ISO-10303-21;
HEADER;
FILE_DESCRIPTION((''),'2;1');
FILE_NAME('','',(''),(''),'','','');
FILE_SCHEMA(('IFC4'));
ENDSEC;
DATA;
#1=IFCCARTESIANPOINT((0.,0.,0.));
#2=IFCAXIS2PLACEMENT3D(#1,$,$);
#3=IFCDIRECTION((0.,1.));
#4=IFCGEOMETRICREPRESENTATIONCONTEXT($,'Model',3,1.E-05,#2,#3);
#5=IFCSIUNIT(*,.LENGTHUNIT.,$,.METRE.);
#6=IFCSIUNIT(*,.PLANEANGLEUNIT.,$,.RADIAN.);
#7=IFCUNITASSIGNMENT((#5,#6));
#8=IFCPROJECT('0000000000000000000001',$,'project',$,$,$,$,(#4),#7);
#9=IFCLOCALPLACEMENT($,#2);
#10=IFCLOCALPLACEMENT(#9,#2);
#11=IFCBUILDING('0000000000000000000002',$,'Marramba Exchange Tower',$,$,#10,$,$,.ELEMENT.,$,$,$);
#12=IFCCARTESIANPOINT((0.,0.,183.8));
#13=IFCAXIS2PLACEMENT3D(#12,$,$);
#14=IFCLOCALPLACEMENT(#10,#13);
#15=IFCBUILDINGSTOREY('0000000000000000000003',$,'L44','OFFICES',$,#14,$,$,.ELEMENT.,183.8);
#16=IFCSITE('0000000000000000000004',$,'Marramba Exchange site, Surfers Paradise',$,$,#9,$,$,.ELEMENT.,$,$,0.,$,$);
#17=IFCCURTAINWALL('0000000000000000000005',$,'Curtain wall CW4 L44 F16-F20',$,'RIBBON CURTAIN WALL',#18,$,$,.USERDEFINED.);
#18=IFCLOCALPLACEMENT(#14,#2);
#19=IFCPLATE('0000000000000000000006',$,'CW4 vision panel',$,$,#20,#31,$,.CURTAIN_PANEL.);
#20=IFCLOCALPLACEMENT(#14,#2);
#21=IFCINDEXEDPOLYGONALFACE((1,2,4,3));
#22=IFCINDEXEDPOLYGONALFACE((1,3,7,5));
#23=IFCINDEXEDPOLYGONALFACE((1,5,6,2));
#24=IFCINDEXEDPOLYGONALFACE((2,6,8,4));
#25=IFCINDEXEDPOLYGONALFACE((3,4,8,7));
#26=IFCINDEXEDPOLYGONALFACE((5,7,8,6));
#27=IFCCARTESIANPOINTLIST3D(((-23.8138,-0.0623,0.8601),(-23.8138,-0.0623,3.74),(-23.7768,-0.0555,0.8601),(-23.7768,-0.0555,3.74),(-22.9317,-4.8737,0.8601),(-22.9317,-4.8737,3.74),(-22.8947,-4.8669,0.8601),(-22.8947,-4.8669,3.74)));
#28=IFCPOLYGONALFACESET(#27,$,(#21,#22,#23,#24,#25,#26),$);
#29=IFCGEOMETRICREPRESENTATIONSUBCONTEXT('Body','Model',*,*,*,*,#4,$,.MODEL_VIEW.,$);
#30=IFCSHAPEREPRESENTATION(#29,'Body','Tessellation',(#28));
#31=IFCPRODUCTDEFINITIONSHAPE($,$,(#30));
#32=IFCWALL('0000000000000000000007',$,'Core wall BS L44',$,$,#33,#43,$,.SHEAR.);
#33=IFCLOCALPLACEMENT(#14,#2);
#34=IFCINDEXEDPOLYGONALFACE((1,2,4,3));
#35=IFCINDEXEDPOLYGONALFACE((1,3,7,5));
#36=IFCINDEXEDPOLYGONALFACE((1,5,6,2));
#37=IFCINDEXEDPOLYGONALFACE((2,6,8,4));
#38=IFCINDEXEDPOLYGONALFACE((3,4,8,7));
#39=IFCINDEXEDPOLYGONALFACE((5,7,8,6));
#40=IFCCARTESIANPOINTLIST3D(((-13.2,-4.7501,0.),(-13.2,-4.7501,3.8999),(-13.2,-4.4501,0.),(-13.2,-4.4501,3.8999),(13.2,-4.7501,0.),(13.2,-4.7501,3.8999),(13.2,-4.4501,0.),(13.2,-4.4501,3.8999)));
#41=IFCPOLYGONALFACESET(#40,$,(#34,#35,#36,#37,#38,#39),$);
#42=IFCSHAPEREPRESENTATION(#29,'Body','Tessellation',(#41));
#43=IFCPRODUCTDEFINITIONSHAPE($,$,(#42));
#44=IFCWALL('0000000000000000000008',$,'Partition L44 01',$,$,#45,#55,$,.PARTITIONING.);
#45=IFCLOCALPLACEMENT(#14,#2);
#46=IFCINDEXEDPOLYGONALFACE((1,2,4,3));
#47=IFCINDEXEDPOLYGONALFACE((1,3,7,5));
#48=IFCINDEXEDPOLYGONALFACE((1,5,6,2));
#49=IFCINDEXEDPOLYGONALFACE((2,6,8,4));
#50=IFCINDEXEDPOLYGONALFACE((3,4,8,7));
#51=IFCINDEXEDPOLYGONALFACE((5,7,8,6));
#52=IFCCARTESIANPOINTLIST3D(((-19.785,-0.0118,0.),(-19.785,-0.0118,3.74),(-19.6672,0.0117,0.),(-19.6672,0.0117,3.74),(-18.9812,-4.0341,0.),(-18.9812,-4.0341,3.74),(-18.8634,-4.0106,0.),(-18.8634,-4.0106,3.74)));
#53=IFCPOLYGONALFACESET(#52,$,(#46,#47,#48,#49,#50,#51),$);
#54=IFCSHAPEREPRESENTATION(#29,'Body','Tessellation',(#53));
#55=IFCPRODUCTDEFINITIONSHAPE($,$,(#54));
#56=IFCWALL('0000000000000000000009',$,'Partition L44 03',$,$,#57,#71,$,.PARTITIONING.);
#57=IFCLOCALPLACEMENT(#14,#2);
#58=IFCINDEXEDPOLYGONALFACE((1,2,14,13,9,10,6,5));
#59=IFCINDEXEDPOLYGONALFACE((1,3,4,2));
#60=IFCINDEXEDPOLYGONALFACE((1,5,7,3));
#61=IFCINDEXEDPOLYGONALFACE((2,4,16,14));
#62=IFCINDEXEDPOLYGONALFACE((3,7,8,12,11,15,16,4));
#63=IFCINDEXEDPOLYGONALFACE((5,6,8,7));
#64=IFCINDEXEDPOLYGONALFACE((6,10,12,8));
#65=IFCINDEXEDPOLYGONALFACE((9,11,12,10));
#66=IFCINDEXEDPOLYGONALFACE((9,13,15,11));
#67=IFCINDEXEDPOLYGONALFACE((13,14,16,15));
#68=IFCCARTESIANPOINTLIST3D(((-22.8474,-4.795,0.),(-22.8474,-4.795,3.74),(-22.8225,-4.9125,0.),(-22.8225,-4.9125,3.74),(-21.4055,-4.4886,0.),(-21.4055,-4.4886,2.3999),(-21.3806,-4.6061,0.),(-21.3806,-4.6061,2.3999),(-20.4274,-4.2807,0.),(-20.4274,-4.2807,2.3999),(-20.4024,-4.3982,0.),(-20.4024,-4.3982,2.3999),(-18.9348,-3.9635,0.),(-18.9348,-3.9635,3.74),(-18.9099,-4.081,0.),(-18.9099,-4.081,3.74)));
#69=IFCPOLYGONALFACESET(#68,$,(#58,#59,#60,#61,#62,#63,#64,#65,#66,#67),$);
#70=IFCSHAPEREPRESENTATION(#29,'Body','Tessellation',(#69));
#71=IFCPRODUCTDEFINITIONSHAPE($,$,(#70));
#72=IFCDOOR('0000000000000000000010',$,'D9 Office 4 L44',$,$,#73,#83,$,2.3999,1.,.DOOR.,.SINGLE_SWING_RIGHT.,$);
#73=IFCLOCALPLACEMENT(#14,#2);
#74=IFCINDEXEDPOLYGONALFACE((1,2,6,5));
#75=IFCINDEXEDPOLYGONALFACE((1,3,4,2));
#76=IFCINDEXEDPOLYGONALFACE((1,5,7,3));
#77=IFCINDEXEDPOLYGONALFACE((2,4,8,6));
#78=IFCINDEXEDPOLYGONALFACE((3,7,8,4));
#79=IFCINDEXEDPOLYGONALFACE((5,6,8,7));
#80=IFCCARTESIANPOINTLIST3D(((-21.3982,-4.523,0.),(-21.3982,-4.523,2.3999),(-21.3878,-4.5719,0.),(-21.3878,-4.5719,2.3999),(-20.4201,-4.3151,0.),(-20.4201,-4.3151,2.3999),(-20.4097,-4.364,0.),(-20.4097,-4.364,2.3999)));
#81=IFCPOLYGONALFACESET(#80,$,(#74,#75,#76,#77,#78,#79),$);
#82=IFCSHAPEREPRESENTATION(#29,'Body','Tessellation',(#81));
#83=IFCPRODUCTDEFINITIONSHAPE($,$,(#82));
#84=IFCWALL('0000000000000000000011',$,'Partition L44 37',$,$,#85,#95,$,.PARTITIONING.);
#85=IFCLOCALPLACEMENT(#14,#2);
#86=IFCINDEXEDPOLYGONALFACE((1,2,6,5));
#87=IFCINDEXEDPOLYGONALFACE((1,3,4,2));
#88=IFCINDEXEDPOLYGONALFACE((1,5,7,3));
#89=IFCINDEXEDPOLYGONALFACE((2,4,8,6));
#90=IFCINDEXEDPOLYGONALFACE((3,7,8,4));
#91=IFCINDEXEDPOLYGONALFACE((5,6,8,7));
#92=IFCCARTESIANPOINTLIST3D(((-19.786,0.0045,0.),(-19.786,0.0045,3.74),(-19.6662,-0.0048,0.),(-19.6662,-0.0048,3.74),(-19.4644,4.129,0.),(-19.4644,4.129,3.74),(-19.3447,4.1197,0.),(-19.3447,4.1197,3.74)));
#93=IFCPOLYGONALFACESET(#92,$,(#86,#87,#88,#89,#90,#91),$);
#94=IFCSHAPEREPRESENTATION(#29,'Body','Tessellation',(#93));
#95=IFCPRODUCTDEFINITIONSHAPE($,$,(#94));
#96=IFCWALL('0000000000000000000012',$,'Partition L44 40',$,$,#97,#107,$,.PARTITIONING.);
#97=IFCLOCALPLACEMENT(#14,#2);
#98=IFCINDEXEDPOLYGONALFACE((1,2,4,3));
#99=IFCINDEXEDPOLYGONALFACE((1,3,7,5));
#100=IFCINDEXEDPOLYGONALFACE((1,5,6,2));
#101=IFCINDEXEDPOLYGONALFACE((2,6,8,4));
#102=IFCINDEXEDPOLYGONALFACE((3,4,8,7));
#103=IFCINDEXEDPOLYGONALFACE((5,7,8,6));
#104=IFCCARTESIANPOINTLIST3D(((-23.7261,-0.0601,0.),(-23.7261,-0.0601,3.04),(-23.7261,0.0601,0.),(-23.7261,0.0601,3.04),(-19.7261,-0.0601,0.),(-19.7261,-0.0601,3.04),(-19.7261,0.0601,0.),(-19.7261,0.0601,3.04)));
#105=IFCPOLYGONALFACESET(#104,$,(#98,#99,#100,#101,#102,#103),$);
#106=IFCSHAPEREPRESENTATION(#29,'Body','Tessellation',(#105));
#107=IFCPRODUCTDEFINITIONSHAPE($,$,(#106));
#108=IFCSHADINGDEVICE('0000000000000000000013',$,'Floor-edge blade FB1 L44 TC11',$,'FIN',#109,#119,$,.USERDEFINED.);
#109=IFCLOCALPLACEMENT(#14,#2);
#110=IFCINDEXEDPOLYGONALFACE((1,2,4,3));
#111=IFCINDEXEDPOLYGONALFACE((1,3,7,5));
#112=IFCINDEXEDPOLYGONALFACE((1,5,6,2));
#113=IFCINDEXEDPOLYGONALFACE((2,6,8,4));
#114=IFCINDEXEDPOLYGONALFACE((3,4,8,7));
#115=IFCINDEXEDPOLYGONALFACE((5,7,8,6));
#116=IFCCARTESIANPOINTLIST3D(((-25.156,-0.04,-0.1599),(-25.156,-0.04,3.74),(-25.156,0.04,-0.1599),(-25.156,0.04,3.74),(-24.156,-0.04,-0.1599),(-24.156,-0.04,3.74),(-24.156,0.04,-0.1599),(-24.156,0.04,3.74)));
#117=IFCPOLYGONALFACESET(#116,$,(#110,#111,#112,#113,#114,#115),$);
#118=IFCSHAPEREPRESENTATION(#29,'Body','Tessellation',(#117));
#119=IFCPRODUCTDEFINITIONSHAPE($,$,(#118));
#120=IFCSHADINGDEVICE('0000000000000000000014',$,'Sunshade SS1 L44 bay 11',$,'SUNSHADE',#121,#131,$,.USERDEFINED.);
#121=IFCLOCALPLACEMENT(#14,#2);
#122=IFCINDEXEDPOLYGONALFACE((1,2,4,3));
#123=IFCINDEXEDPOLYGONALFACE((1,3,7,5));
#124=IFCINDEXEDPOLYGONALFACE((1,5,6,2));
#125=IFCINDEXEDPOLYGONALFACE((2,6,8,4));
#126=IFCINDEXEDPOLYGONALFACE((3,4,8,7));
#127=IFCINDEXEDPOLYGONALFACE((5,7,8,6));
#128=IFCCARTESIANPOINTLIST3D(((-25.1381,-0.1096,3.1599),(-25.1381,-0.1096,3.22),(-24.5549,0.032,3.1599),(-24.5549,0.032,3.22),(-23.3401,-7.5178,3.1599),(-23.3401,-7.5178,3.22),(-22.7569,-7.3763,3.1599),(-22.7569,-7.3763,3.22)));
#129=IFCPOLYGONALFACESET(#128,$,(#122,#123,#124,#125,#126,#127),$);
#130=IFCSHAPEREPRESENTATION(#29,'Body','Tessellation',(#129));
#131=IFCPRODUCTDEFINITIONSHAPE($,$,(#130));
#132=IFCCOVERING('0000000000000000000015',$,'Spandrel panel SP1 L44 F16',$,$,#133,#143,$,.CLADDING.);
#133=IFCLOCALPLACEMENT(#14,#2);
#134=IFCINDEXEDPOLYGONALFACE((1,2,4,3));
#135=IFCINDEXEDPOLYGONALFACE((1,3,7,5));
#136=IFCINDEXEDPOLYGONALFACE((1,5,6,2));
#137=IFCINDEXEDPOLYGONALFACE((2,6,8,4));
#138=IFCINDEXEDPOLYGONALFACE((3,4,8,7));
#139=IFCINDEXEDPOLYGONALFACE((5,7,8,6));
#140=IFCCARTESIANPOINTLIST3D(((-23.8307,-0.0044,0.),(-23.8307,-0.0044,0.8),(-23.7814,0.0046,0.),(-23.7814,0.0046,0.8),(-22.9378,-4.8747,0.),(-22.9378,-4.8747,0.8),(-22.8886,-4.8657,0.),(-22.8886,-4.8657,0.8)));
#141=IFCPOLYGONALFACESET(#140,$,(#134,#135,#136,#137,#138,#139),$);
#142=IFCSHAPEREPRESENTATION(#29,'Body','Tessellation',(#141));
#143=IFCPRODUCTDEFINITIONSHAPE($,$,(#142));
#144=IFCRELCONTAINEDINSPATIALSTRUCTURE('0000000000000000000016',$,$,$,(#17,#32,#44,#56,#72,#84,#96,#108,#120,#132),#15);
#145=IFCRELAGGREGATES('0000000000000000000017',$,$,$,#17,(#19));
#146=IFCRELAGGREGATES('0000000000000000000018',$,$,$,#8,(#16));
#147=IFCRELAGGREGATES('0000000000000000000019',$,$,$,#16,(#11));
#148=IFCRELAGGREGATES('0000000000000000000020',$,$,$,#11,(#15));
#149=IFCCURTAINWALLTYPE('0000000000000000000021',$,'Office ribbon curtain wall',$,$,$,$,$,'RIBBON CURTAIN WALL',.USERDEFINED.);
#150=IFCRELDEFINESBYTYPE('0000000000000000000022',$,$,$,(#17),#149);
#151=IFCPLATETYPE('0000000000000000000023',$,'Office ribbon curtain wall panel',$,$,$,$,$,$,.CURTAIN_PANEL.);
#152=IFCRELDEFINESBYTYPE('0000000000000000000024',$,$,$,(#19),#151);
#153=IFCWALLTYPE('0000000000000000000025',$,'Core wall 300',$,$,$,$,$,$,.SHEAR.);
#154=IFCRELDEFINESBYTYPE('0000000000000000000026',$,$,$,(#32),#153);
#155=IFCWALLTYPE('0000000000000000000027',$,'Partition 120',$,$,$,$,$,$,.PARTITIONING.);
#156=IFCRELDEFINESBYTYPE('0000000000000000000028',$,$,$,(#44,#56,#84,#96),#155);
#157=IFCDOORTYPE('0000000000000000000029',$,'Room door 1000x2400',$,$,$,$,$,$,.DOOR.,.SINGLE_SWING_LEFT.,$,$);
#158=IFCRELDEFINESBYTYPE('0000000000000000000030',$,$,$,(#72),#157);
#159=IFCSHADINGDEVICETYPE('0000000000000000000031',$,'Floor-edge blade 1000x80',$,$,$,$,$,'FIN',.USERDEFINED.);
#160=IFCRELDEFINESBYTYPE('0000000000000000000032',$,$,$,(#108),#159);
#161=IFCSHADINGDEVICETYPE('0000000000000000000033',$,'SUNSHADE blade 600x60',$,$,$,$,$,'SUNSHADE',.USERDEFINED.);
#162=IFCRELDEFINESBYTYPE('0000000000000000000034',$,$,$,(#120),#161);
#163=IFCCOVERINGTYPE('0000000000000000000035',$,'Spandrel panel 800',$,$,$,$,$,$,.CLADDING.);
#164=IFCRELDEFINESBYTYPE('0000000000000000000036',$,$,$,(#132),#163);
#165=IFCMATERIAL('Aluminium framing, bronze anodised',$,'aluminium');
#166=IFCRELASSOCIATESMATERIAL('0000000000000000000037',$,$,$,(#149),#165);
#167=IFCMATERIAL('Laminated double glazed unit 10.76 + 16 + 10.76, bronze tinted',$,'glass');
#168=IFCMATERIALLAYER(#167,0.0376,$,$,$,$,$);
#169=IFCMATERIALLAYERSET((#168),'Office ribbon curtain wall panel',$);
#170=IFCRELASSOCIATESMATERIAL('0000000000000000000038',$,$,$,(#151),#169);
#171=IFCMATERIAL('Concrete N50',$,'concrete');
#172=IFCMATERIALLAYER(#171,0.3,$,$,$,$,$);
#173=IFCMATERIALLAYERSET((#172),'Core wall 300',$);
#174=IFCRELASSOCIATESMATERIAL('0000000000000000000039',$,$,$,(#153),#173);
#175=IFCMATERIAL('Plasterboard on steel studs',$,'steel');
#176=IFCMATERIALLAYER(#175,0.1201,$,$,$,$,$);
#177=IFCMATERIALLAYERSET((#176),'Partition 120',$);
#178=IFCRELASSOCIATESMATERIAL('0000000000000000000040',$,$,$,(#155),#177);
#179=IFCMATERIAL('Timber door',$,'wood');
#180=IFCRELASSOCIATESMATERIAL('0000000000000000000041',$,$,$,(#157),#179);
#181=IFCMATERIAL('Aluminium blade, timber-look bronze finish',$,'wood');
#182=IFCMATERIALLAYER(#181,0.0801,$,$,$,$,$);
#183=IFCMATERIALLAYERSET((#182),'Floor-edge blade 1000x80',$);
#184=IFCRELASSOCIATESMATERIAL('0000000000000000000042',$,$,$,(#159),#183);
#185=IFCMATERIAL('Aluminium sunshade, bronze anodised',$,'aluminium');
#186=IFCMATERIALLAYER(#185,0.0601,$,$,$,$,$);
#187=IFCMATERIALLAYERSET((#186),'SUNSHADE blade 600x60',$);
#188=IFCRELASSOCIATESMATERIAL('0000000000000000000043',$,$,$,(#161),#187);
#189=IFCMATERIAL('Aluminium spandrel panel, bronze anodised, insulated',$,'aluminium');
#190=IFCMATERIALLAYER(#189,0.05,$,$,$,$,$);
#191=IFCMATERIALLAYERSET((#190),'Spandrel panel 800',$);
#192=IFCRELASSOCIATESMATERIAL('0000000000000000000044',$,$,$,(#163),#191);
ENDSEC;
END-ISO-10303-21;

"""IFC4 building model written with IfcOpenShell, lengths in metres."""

from ifc_helpers import new_model, si_unit, direction, frame, frame_2d, origin, origin_2d, place, context, subcontext, project, spatial, rectangle, extrude, material, layer, layer_set, type_object, element, fill, aggregate, save


model = new_model("IFC4")

# Units and contexts
model_context = context("Model", 3, precision=1e-05, world=origin(), true_north=direction((0.0, 1.0)))
body_context = subcontext(model_context, "Body", "Model", "MODEL_VIEW")
ifc_project = project(units=[si_unit("LENGTHUNIT", "METRE"), si_unit("PLANEANGLEUNIT", "RADIAN")], contexts=[model_context])

# Site, building, storey
site_placement = place(None, origin())
site = spatial("IfcSite", under=ifc_project, at=site_placement, Name="Marramba Exchange site, Surfers Paradise", CompositionType="ELEMENT", RefElevation=0.0)
building_placement = place(site_placement, origin())
building = spatial("IfcBuilding", under=site, at=building_placement, Name="Marramba Exchange Tower", CompositionType="ELEMENT")
storey_placement = place(building_placement, frame((0.0, 0.0, 183.8)))
storey = spatial("IfcBuildingStorey", under=building, at=storey_placement, Name="L44", Description="OFFICES", CompositionType="ELEMENT", Elevation=183.8)

# Shared definitions
ifc_material_1 = material(Name="Concrete N50", Category="concrete")

# Curtain wall
ifc_material_2 = material(Name="Aluminium framing, bronze anodised", Category="aluminium")
curtain_wall_type = type_object("IfcCurtainWallType", Name="Office ribbon curtain wall", ElementType="RIBBON CURTAIN WALL", PredefinedType="USERDEFINED", material=ifc_material_2)
curtain_wall_placement = place(storey_placement, origin())
curtain_wall = element("IfcCurtainWall", 1, at=curtain_wall_placement, inside=storey, type_object=curtain_wall_type, Name="Curtain wall CW4 L44 F16-F20", ObjectType="RIBBON CURTAIN WALL", PredefinedType="USERDEFINED")

# Plate
ifc_material_3 = material(Name="Laminated double glazed unit 10.76 + 16 + 10.76, bronze tinted", Category="glass")
ifc_layer_1 = layer(ifc_material_3, 0.0376)
ifc_layer_set_1 = layer_set([ifc_layer_1], Name="Office ribbon curtain wall panel")
plate_type = type_object("IfcPlateType", Name="Office ribbon curtain wall panel", PredefinedType="CURTAIN_PANEL", material=ifc_layer_set_1)
plate_placement = place(storey_placement, frame((-23.3542, -2.4646, 0.8601), z_axis=(0.0, 0.0, 1.0), x_axis=(0.180327, -0.983607, 0.0)))
plate = element("IfcPlate", 2, at=plate_placement, type_object=plate_type, Name="CW4 vision panel", PredefinedType="CURTAIN_PANEL", context=body_context, shape_type="SweptSolid", body=[
    extrude(rectangle(XDim=4.8916, YDim=0.0376, at=origin_2d()), origin(), (0.0, 0.0, 1.0), 2.8799),
])
aggregate(curtain_wall, [plate])

# Walls
ifc_layer_2 = layer(ifc_material_1, 0.3)
ifc_layer_set_2 = layer_set([ifc_layer_2], Name="Core wall 300")
wall_type_1 = type_object("IfcWallType", Name="Core wall 300", PredefinedType="SHEAR", material=ifc_layer_set_2)
wall_1_placement = place(storey_placement, frame((-13.2, -4.6001, 0.0), z_axis=(0.0, 0.0, 1.0), x_axis=(1.0, 0.0, 0.0)))
element("IfcWall", 3, at=wall_1_placement, inside=storey, type_object=wall_type_1, Name="Core wall BS L44", PredefinedType="SHEAR", context=body_context, shape_type="SweptSolid", body=[
    extrude(rectangle(XDim=26.3999, YDim=0.3, at=frame_2d((13.2, 0.0))), origin(), (0.0, 0.0, 1.0), 3.8999),
])
ifc_material_4 = material(Name="Plasterboard on steel studs", Category="steel")
ifc_layer_3 = layer(ifc_material_4, 0.1201)
ifc_layer_set_3 = layer_set([ifc_layer_3], Name="Partition 120")
wall_type_2 = type_object("IfcWallType", Name="Partition 120", PredefinedType="PARTITIONING", material=ifc_layer_set_3)
wall_2_placement = place(storey_placement, frame((-18.9224, -4.0222, 0.0), z_axis=(0.0, 0.0, 1.0), x_axis=(-0.195944, 0.980615, 0.0)))
element("IfcWall", 4, at=wall_2_placement, inside=storey, type_object=wall_type_2, Name="Partition L44 01", PredefinedType="PARTITIONING", context=body_context, shape_type="SweptSolid", body=[
    extrude(rectangle(XDim=4.1018, YDim=0.1201, at=frame_2d((2.0508, 0.0))), origin(), (0.0, 0.0, 1.0), 3.74),
])

# Wall, opening, door
ifc_material_5 = material(Name="Timber door", Category="wood")
door_type = type_object("IfcDoorType", Name="Room door 1000x2400", OperationType="SINGLE_SWING_LEFT", PredefinedType="DOOR", material=ifc_material_5)
wall_3_placement = place(storey_placement, frame((-22.835, -4.8538, 0.0), z_axis=(0.0, 0.0, 1.0), x_axis=(0.978153, 0.207886, 0.0)))
wall_3 = element("IfcWall", 5, at=wall_3_placement, inside=storey, type_object=wall_type_2, Name="Partition L44 03", PredefinedType="PARTITIONING", context=body_context, shape_type="SweptSolid", body=[
    extrude(rectangle(XDim=4.0, YDim=0.1201, at=frame_2d((2.0, 0.0))), origin(), (0.0, 0.0, 1.0), 3.74),
])
opening_1_placement = place(wall_3_placement, frame((1.4741, 0.0, 0.0)))
opening_1 = element("IfcOpeningElement", 6, at=opening_1_placement, cuts=wall_3, PredefinedType="OPENING", context=body_context, shape_type="SweptSolid", body=[
    extrude(rectangle(XDim=1.0, YDim=2.3999, at=frame_2d((0.5, 1.2))), frame((0.0, 0.0701, 0.0), z_axis=(0.0, -1.0, 0.0), x_axis=(1.0, 0.0, 0.0)), (0.0, 0.0, 1.0), 0.1401),
])
door_1_placement = place(opening_1_placement, origin())
door_1 = element("IfcDoor", 7, at=door_1_placement, inside=storey, type_object=door_type, Name="D9 Office 4 L44", OperationType="SINGLE_SWING_RIGHT", OverallHeight=2.3999, OverallWidth=1.0, PredefinedType="DOOR", context=body_context, shape_type="SweptSolid", body=[
    extrude(rectangle(XDim=1.0, YDim=2.3999, at=frame_2d((0.5, 1.2))), frame((0.0, 0.0249, 0.0), z_axis=(0.0, -1.0, 0.0), x_axis=(1.0, 0.0, 0.0)), (0.0, 0.0, 1.0), 0.05),
])
fill(opening_1, door_1)

# Walls
wall_4_placement = place(storey_placement, frame((-19.7261, 0.0, 0.0), z_axis=(0.0, 0.0, 1.0), x_axis=(0.077721, 0.996975, 0.0)))
element("IfcWall", 8, at=wall_4_placement, inside=storey, type_object=wall_type_2, Name="Partition L44 37", PredefinedType="PARTITIONING", context=body_context, shape_type="SweptSolid", body=[
    extrude(rectangle(XDim=4.137, YDim=0.1201, at=frame_2d((2.0684, 0.0))), origin(), (0.0, 0.0, 1.0), 3.74),
])
wall_5_placement = place(storey_placement, frame((-19.7261, 0.0, 0.0), z_axis=(0.0, 0.0, 1.0), x_axis=(-1.0, 0.0, 0.0)))
element("IfcWall", 9, at=wall_5_placement, inside=storey, type_object=wall_type_2, Name="Partition L44 40", PredefinedType="PARTITIONING", context=body_context, shape_type="SweptSolid", body=[
    extrude(rectangle(XDim=4.0, YDim=0.1201, at=frame_2d((2.0, 0.0))), origin(), (0.0, 0.0, 1.0), 3.04),
])

# Shading devices
ifc_material_6 = material(Name="Aluminium blade, timber-look bronze finish", Category="wood")
ifc_layer_4 = layer(ifc_material_6, 0.0801)
ifc_layer_set_4 = layer_set([ifc_layer_4], Name="Floor-edge blade 1000x80")
shading_device_type_1 = type_object("IfcShadingDeviceType", Name="Floor-edge blade 1000x80", ElementType="FIN", PredefinedType="USERDEFINED", material=ifc_layer_set_4)
shading_device_1_placement = place(storey_placement, frame((-24.656, 0.0, -0.1599), z_axis=(0.0, 0.0, 1.0), x_axis=(-1.0, 0.0, 0.0)))
element("IfcShadingDevice", 10, at=shading_device_1_placement, inside=storey, type_object=shading_device_type_1, Name="Floor-edge blade FB1 L44 TC11", ObjectType="FIN", PredefinedType="USERDEFINED", context=body_context, shape_type="SweptSolid", body=[
    extrude(rectangle(XDim=1.0, YDim=0.0801, at=origin_2d()), origin(), (0.0, 0.0, 1.0), 3.8999),
])
ifc_material_7 = material(Name="Aluminium sunshade, bronze anodised", Category="aluminium")
ifc_layer_5 = layer(ifc_material_7, 0.0601)
ifc_layer_set_5 = layer_set([ifc_layer_5], Name="SUNSHADE blade 600x60")
shading_device_type_2 = type_object("IfcShadingDeviceType", Name="SUNSHADE blade 600x60", ElementType="SUNSHADE", PredefinedType="USERDEFINED", material=ifc_layer_set_5)
shading_device_2_placement = place(storey_placement, frame((-23.9475, -3.7429, 3.1599), z_axis=(0.0, 0.0, 1.0), x_axis=(0.235861, -0.971787, 0.0)))
element("IfcShadingDevice", 11, at=shading_device_2_placement, inside=storey, type_object=shading_device_type_2, Name="Sunshade SS1 L44 bay 11", ObjectType="SUNSHADE", PredefinedType="USERDEFINED", context=body_context, shape_type="SweptSolid", body=[
    extrude(rectangle(XDim=7.6233, YDim=0.6001, at=origin_2d()), origin(), (0.0, 0.0, 1.0), 0.0601),
])

# Covering
ifc_material_8 = material(Name="Aluminium spandrel panel, bronze anodised, insulated", Category="aluminium")
ifc_layer_6 = layer(ifc_material_8, 0.05)
ifc_layer_set_6 = layer_set([ifc_layer_6], Name="Spandrel panel 800")
covering_type = type_object("IfcCoveringType", Name="Spandrel panel 800", PredefinedType="CLADDING", material=ifc_layer_set_6)
covering_placement = place(storey_placement, frame((-23.3596, -2.4351, 0.0), z_axis=(0.0, 0.0, 1.0), x_axis=(0.180327, -0.983607, 0.0)))
element("IfcCovering", 12, at=covering_placement, inside=storey, type_object=covering_type, Name="Spandrel panel SP1 L44 F16", PredefinedType="CLADDING", context=body_context, shape_type="SweptSolid", body=[
    extrude(rectangle(XDim=4.9514, YDim=0.05, at=origin_2d()), origin(), (0.0, 0.0, 1.0), 0.8),
])

save(model, "model.ifc")
